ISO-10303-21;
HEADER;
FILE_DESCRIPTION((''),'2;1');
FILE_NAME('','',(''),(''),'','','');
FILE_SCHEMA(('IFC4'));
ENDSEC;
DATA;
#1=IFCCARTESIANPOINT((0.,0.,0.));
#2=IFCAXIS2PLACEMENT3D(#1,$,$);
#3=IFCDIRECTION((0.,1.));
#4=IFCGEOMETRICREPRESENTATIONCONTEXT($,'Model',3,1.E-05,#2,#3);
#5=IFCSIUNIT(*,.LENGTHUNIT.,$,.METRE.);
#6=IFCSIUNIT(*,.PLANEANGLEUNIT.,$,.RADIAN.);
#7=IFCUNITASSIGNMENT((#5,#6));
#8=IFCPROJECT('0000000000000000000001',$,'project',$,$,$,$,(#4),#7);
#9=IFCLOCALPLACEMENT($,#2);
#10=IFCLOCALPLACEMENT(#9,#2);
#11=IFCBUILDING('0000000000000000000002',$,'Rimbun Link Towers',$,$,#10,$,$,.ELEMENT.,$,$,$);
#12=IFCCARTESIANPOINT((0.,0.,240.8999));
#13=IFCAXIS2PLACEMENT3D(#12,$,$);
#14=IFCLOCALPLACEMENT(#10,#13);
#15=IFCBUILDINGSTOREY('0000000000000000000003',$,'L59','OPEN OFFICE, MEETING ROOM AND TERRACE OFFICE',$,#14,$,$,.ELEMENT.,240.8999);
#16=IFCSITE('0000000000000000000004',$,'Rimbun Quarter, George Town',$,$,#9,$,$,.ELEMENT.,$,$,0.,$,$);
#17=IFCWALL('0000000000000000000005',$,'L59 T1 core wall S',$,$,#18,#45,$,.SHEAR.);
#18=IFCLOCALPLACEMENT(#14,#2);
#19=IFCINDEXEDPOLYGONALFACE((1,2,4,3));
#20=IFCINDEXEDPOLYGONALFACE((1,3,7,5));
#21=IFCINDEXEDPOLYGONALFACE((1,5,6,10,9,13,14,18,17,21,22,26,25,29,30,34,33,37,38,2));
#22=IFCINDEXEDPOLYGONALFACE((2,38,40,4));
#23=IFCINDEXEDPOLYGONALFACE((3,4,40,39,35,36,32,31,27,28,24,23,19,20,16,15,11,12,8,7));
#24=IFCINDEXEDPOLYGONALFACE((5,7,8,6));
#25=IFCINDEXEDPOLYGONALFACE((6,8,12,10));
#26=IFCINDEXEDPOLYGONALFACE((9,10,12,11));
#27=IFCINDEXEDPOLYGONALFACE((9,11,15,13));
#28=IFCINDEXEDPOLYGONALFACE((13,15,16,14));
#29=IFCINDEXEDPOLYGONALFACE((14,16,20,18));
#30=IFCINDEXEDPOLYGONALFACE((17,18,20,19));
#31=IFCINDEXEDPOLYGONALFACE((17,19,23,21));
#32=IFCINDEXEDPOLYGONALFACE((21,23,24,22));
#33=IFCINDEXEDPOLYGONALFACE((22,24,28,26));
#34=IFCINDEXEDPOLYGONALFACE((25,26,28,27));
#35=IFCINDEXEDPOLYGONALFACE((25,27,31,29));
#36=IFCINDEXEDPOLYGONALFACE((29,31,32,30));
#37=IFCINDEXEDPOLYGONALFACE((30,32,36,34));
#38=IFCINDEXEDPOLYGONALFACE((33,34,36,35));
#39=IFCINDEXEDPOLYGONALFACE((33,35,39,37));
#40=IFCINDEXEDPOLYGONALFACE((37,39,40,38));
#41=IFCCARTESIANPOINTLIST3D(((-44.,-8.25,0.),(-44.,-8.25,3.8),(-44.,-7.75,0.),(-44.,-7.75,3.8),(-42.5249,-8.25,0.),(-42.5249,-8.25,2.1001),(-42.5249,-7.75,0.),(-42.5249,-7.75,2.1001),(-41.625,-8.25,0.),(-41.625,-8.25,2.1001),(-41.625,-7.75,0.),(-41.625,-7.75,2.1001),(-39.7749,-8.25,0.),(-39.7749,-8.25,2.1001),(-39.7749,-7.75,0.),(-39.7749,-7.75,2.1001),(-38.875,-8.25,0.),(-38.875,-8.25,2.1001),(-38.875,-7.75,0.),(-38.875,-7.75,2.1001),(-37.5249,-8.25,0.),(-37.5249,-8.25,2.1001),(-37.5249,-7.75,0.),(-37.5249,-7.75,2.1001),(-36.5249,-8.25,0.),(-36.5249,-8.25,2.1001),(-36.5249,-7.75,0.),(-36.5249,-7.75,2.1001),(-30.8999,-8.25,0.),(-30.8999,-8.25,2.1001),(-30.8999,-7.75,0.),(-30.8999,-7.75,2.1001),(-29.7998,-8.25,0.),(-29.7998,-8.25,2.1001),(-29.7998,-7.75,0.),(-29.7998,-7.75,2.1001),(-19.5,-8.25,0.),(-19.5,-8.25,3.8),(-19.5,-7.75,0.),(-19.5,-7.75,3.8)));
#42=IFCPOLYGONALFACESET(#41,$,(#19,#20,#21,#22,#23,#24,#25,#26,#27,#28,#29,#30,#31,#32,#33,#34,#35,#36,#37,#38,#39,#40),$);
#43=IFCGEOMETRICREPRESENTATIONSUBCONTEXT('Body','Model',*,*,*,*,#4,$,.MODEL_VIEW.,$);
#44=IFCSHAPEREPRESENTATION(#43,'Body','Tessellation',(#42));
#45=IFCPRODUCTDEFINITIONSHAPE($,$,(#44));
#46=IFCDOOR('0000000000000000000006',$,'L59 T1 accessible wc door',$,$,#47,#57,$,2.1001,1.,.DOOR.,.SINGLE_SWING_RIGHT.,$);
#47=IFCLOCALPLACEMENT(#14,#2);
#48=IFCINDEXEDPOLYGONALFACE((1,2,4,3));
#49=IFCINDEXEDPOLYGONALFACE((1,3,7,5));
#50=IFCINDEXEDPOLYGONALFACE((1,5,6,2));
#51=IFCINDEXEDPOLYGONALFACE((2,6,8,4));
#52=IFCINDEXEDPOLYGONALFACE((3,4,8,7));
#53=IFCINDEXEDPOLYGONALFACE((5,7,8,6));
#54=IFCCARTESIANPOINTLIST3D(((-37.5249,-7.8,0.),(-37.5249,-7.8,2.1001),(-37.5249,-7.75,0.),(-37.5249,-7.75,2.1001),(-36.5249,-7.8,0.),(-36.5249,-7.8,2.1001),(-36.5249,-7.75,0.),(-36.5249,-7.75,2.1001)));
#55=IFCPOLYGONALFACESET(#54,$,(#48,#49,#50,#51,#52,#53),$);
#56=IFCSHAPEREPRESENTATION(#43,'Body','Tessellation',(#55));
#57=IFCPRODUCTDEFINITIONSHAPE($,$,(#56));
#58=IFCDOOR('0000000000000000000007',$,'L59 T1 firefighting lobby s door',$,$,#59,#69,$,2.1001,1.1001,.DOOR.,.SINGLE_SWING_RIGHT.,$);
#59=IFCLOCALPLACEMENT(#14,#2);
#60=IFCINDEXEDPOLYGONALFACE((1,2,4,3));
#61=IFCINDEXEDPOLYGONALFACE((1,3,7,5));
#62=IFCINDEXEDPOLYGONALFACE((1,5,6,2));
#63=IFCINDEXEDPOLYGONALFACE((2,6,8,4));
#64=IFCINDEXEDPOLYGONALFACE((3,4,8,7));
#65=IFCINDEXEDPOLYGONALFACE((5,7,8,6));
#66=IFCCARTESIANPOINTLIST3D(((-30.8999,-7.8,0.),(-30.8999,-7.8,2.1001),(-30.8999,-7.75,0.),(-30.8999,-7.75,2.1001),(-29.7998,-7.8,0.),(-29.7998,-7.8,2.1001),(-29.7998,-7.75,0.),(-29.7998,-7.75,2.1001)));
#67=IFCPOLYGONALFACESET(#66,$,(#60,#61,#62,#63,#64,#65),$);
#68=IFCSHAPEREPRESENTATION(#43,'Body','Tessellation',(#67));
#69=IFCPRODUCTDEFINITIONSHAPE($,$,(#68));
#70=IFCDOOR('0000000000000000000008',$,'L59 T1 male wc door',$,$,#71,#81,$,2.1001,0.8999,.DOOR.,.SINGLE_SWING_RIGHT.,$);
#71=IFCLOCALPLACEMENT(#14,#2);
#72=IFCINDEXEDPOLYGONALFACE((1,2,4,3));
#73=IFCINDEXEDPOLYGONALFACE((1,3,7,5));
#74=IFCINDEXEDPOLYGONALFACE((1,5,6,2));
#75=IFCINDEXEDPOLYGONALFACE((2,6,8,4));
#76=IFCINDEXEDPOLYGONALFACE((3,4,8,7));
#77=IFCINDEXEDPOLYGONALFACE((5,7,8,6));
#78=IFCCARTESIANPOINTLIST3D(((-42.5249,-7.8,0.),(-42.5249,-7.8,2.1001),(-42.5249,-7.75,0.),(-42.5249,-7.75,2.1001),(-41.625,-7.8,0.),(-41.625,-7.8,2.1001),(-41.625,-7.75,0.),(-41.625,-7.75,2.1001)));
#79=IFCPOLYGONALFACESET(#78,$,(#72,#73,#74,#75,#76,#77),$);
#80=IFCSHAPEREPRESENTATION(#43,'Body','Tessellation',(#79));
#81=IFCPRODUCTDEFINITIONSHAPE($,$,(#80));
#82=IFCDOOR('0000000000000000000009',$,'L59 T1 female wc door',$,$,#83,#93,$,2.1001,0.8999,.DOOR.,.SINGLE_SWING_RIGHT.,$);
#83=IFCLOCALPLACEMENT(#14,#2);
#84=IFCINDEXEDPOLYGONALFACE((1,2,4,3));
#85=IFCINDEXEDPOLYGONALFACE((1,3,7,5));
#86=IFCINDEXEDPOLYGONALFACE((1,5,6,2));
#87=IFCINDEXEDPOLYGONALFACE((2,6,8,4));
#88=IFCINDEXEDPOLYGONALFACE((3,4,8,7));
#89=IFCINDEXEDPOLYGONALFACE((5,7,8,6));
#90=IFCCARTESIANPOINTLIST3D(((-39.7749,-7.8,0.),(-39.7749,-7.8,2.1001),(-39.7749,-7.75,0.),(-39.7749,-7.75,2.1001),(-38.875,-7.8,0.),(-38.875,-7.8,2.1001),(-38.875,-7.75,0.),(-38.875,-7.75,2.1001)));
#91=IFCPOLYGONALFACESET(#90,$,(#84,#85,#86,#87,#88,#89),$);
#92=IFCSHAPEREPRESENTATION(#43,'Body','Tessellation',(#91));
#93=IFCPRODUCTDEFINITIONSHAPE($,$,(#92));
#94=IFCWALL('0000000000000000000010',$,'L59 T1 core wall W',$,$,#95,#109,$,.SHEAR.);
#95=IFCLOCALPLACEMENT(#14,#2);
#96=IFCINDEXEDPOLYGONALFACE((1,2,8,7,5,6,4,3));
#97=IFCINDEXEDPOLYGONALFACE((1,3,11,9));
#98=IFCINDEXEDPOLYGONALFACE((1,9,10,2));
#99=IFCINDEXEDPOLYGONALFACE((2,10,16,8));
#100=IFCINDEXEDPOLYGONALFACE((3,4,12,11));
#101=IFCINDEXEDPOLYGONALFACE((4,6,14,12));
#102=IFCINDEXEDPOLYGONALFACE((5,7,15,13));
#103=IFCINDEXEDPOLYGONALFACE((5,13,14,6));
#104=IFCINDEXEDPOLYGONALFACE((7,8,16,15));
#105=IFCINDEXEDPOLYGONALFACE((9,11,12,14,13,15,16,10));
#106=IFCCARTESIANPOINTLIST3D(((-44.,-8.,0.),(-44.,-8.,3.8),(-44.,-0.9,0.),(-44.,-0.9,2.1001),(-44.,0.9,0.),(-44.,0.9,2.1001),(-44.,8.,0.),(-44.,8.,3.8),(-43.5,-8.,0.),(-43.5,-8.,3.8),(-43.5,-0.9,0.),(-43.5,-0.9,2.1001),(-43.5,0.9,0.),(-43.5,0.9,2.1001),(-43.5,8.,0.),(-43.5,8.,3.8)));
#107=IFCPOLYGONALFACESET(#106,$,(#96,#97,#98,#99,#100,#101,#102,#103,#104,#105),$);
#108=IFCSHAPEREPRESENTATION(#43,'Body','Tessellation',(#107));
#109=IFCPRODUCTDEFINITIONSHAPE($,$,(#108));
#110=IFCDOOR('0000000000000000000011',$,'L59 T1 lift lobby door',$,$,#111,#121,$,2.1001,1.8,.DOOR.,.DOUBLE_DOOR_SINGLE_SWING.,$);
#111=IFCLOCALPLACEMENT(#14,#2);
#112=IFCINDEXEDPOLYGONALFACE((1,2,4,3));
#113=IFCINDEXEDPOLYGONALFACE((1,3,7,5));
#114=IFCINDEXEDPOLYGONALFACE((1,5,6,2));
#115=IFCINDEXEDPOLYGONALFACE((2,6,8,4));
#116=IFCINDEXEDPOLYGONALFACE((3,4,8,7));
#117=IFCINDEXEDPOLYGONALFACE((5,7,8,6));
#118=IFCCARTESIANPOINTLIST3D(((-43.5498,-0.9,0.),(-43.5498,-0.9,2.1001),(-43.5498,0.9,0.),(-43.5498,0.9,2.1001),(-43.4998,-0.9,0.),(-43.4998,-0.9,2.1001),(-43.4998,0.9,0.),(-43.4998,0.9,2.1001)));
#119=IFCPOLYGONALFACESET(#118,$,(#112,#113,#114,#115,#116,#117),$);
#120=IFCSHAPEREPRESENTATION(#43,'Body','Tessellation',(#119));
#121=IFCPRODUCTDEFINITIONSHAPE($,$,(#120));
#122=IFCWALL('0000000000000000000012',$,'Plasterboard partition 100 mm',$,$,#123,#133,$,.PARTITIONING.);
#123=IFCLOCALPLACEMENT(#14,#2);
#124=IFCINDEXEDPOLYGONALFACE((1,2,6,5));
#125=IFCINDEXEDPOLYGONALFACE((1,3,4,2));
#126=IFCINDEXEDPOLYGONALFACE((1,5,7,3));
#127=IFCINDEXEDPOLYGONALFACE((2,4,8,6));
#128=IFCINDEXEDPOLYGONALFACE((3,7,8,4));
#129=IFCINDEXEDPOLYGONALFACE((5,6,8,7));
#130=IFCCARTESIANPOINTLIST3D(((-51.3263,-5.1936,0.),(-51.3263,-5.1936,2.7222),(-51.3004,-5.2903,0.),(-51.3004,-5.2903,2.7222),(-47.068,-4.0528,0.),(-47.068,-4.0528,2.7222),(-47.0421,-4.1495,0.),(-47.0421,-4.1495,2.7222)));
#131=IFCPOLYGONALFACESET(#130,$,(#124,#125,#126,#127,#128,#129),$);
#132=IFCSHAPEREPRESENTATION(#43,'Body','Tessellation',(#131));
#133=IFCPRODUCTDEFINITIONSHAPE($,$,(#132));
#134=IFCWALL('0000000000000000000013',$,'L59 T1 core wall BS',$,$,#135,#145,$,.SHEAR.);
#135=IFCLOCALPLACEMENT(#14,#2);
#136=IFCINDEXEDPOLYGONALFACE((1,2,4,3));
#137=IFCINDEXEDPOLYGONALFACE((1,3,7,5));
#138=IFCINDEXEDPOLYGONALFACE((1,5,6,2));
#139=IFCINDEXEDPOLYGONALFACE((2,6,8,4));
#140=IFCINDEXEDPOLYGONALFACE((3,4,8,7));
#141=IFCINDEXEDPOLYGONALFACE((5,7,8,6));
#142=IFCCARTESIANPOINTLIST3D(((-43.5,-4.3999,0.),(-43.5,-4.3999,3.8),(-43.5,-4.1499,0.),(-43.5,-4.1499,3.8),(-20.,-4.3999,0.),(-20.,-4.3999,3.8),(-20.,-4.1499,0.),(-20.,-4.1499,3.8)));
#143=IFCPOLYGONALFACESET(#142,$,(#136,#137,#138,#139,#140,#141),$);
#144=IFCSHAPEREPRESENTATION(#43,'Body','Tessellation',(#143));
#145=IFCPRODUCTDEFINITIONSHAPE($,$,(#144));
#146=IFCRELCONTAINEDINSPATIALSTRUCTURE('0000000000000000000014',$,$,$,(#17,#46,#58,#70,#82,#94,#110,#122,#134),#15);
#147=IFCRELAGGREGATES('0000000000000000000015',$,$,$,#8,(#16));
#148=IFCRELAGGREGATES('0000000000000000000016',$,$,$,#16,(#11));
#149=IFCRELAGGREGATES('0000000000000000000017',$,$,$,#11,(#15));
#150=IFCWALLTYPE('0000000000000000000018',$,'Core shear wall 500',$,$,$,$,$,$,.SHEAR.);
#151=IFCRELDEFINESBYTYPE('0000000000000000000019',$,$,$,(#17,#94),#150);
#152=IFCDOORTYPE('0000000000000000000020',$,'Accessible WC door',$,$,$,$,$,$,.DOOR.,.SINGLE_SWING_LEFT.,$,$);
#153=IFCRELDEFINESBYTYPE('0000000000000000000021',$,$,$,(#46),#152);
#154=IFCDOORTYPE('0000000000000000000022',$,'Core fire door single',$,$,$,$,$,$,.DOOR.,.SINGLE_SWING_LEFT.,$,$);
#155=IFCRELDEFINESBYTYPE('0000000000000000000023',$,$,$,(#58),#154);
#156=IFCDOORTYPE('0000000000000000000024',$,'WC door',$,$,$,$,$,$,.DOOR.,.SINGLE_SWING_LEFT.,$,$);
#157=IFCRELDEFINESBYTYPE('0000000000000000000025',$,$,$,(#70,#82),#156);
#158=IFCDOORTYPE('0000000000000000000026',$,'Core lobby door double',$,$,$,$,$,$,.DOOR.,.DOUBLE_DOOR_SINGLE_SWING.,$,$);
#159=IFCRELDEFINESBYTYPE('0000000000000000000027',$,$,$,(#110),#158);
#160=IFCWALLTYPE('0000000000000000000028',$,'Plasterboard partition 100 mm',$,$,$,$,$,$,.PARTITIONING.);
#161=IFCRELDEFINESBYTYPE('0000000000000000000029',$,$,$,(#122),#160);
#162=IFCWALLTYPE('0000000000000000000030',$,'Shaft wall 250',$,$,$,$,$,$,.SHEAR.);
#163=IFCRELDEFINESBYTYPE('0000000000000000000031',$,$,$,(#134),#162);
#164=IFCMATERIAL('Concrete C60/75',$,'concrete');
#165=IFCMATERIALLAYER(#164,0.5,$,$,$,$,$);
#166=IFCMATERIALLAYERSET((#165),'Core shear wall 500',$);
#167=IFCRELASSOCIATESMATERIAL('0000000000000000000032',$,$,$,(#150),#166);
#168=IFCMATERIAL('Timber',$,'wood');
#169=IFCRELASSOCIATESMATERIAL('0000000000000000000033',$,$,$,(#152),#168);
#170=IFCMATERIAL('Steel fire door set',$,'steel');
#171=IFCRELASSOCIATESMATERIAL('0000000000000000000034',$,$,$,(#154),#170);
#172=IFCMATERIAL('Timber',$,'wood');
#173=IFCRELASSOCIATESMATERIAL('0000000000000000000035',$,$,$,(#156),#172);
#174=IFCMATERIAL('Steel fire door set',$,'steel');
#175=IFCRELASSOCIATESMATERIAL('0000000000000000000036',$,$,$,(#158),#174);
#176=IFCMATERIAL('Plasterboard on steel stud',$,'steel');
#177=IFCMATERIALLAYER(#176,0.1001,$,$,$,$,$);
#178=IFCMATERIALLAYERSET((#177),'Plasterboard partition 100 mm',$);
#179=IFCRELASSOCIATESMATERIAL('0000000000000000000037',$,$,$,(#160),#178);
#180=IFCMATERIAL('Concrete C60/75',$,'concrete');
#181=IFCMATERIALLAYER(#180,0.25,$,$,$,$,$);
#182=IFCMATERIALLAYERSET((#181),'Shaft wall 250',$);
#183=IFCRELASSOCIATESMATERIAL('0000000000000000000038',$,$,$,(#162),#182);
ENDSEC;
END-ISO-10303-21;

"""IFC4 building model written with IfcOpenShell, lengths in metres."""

from ifc_helpers import new_model, si_unit, direction, frame, frame_2d, origin, place, context, subcontext, project, spatial, rectangle, extrude, material, layer, layer_set, type_object, element, fill, save


model = new_model("IFC4")

# Units and contexts
model_context = context("Model", 3, precision=1e-05, world=origin(), true_north=direction((0.0, 1.0)))
body_context = subcontext(model_context, "Body", "Model", "MODEL_VIEW")
ifc_project = project(units=[si_unit("LENGTHUNIT", "METRE"), si_unit("PLANEANGLEUNIT", "RADIAN")], contexts=[model_context])

# Site, building, storey
site_placement = place(None, origin())
site = spatial("IfcSite", under=ifc_project, at=site_placement, Name="Rimbun Quarter, George Town", CompositionType="ELEMENT", RefElevation=0.0)
building_placement = place(site_placement, origin())
building = spatial("IfcBuilding", under=site, at=building_placement, Name="Rimbun Link Towers", CompositionType="ELEMENT")
storey_placement = place(building_placement, frame((0.0, 0.0, 240.8999)))
storey = spatial("IfcBuildingStorey", under=building, at=storey_placement, Name="L59", Description="OPEN OFFICE, MEETING ROOM AND TERRACE OFFICE", CompositionType="ELEMENT", Elevation=240.8999)

# Wall, openings, doors
ifc_material_1 = material(Name="Concrete C60/75", Category="concrete")
ifc_layer_1 = layer(ifc_material_1, 0.5)
ifc_layer_set_1 = layer_set([ifc_layer_1], Name="Core shear wall 500")
wall_type_1 = type_object("IfcWallType", Name="Core shear wall 500", PredefinedType="SHEAR", material=ifc_layer_set_1)
wall_1_placement = place(storey_placement, frame((-44.0, -8.0, 0.0), z_axis=(0.0, 0.0, 1.0), x_axis=(1.0, 0.0, 0.0)))
wall_1 = element("IfcWall", 1, at=wall_1_placement, inside=storey, type_object=wall_type_1, Name="L59 T1 core wall S", PredefinedType="SHEAR", context=body_context, shape_type="SweptSolid", body=[
    extrude(rectangle(XDim=24.5, YDim=0.5, at=frame_2d((12.25, 0.0))), origin(), (0.0, 0.0, 1.0), 3.8),
])
opening_1_placement = place(wall_1_placement, frame((13.1001, 0.0, 0.0)))
opening_1 = element("IfcOpeningElement", 2, at=opening_1_placement, cuts=wall_1, PredefinedType="OPENING", context=body_context, shape_type="SweptSolid", body=[
    extrude(rectangle(XDim=1.1001, YDim=2.1001, at=frame_2d((0.55, 1.05))), frame((0.0, 0.26, 0.0), z_axis=(0.0, -1.0, 0.0), x_axis=(1.0, 0.0, 0.0)), (0.0, 0.0, 1.0), 0.52),
])
opening_2_placement = place(wall_1_placement, frame((1.4751, 0.0, 0.0)))
opening_2 = element("IfcOpeningElement", 3, at=opening_2_placement, cuts=wall_1, PredefinedType="OPENING", context=body_context, shape_type="SweptSolid", body=[
    extrude(rectangle(XDim=0.8999, YDim=2.1001, at=frame_2d((0.45, 1.05))), frame((0.0, 0.26, 0.0), z_axis=(0.0, -1.0, 0.0), x_axis=(1.0, 0.0, 0.0)), (0.0, 0.0, 1.0), 0.52),
])
opening_3_placement = place(wall_1_placement, frame((4.2251, 0.0, 0.0)))
opening_3 = element("IfcOpeningElement", 4, at=opening_3_placement, cuts=wall_1, PredefinedType="OPENING", context=body_context, shape_type="SweptSolid", body=[
    extrude(rectangle(XDim=0.8999, YDim=2.1001, at=frame_2d((0.45, 1.05))), frame((0.0, 0.26, 0.0), z_axis=(0.0, -1.0, 0.0), x_axis=(1.0, 0.0, 0.0)), (0.0, 0.0, 1.0), 0.52),
])
opening_4_placement = place(wall_1_placement, frame((6.4751, 0.0, 0.0)))
opening_4 = element("IfcOpeningElement", 5, at=opening_4_placement, cuts=wall_1, PredefinedType="OPENING", context=body_context, shape_type="SweptSolid", body=[
    extrude(rectangle(XDim=1.0, YDim=2.1001, at=frame_2d((0.5, 1.05))), frame((0.0, 0.26, 0.0), z_axis=(0.0, -1.0, 0.0), x_axis=(1.0, 0.0, 0.0)), (0.0, 0.0, 1.0), 0.52),
])
ifc_material_2 = material(Name="Timber", Category="wood")
door_type_1 = type_object("IfcDoorType", Name="Accessible WC door", OperationType="SINGLE_SWING_LEFT", PredefinedType="DOOR", material=ifc_material_2)
door_1_placement = place(opening_4_placement, origin())
door_1 = element("IfcDoor", 6, at=door_1_placement, inside=storey, type_object=door_type_1, Name="L59 T1 accessible wc door", OperationType="SINGLE_SWING_RIGHT", OverallHeight=2.1001, OverallWidth=1.0, PredefinedType="DOOR", context=body_context, shape_type="SweptSolid", body=[
    extrude(rectangle(XDim=1.0, YDim=2.1001, at=frame_2d((0.5, 1.05))), frame((0.0, 0.25, 0.0), z_axis=(0.0, -1.0, 0.0), x_axis=(1.0, 0.0, 0.0)), (0.0, 0.0, 1.0), 0.05),
])
fill(opening_4, door_1)
ifc_material_3 = material(Name="Steel fire door set", Category="steel")
door_type_2 = type_object("IfcDoorType", Name="Core fire door single", OperationType="SINGLE_SWING_LEFT", PredefinedType="DOOR", material=ifc_material_3)
door_2_placement = place(opening_1_placement, origin())
door_2 = element("IfcDoor", 7, at=door_2_placement, inside=storey, type_object=door_type_2, Name="L59 T1 firefighting lobby s door", OperationType="SINGLE_SWING_RIGHT", OverallHeight=2.1001, OverallWidth=1.1001, PredefinedType="DOOR", context=body_context, shape_type="SweptSolid", body=[
    extrude(rectangle(XDim=1.1001, YDim=2.1001, at=frame_2d((0.55, 1.05))), frame((0.0, 0.25, 0.0), z_axis=(0.0, -1.0, 0.0), x_axis=(1.0, 0.0, 0.0)), (0.0, 0.0, 1.0), 0.05),
])
fill(opening_1, door_2)
ifc_material_4 = material(Name="Timber", Category="wood")
door_type_3 = type_object("IfcDoorType", Name="WC door", OperationType="SINGLE_SWING_LEFT", PredefinedType="DOOR", material=ifc_material_4)
door_3_placement = place(opening_2_placement, origin())
door_3 = element("IfcDoor", 8, at=door_3_placement, inside=storey, type_object=door_type_3, Name="L59 T1 male wc door", OperationType="SINGLE_SWING_RIGHT", OverallHeight=2.1001, OverallWidth=0.8999, PredefinedType="DOOR", context=body_context, shape_type="SweptSolid", body=[
    extrude(rectangle(XDim=0.8999, YDim=2.1001, at=frame_2d((0.45, 1.05))), frame((0.0, 0.25, 0.0), z_axis=(0.0, -1.0, 0.0), x_axis=(1.0, 0.0, 0.0)), (0.0, 0.0, 1.0), 0.05),
])
fill(opening_2, door_3)
door_4_placement = place(opening_3_placement, origin())
door_4 = element("IfcDoor", 9, at=door_4_placement, inside=storey, type_object=door_type_3, Name="L59 T1 female wc door", OperationType="SINGLE_SWING_RIGHT", OverallHeight=2.1001, OverallWidth=0.8999, PredefinedType="DOOR", context=body_context, shape_type="SweptSolid", body=[
    extrude(rectangle(XDim=0.8999, YDim=2.1001, at=frame_2d((0.45, 1.05))), frame((0.0, 0.25, 0.0), z_axis=(0.0, -1.0, 0.0), x_axis=(1.0, 0.0, 0.0)), (0.0, 0.0, 1.0), 0.05),
])
fill(opening_3, door_4)

# Wall, opening, door
wall_2_placement = place(storey_placement, frame((-43.75, -8.0, 0.0), z_axis=(0.0, 0.0, 1.0), x_axis=(0.0, 1.0, 0.0)))
wall_2 = element("IfcWall", 10, at=wall_2_placement, inside=storey, type_object=wall_type_1, Name="L59 T1 core wall W", PredefinedType="SHEAR", context=body_context, shape_type="SweptSolid", body=[
    extrude(rectangle(XDim=16.0, YDim=0.5, at=frame_2d((8.0, 0.0))), origin(), (0.0, 0.0, 1.0), 3.8),
])
opening_5_placement = place(wall_2_placement, frame((7.1001, 0.0, 0.0)))
opening_5 = element("IfcOpeningElement", 11, at=opening_5_placement, cuts=wall_2, PredefinedType="OPENING", context=body_context, shape_type="SweptSolid", body=[
    extrude(rectangle(XDim=1.8, YDim=2.1001, at=frame_2d((0.8999, 1.05))), frame((0.0, 0.26, 0.0), z_axis=(0.0, -1.0, 0.0), x_axis=(1.0, 0.0, 0.0)), (0.0, 0.0, 1.0), 0.52),
])
ifc_material_5 = material(Name="Steel fire door set", Category="steel")
door_type_4 = type_object("IfcDoorType", Name="Core lobby door double", OperationType="DOUBLE_DOOR_SINGLE_SWING", PredefinedType="DOOR", material=ifc_material_5)
door_5_placement = place(opening_5_placement, origin())
door_5 = element("IfcDoor", 12, at=door_5_placement, inside=storey, type_object=door_type_4, Name="L59 T1 lift lobby door", OperationType="DOUBLE_DOOR_SINGLE_SWING", OverallHeight=2.1001, OverallWidth=1.8, PredefinedType="DOOR", context=body_context, shape_type="SweptSolid", body=[
    extrude(rectangle(XDim=1.8, YDim=2.1001, at=frame_2d((0.8999, 1.05))), frame((0.0, -0.2002, 0.0), z_axis=(0.0, -1.0, 0.0), x_axis=(1.0, 0.0, 0.0)), (0.0, 0.0, 1.0), 0.05),
])
fill(opening_5, door_5)

# Walls
ifc_material_6 = material(Name="Plasterboard on steel stud", Category="steel")
ifc_layer_2 = layer(ifc_material_6, 0.1001)
ifc_layer_set_2 = layer_set([ifc_layer_2], Name="Plasterboard partition 100 mm")
wall_type_2 = type_object("IfcWallType", Name="Plasterboard partition 100 mm", PredefinedType="PARTITIONING", material=ifc_layer_set_2)
wall_3_placement = place(storey_placement, frame((-51.3132, -5.2419, 0.0), z_axis=(0.0, 0.0, 1.0), x_axis=(0.965934, 0.25879, 0.0)))
element("IfcWall", 13, at=wall_3_placement, inside=storey, type_object=wall_type_2, Name="Plasterboard partition 100 mm", PredefinedType="PARTITIONING", context=body_context, shape_type="SweptSolid", body=[
    extrude(rectangle(XDim=4.4084, YDim=0.1001, at=frame_2d((2.2041, 0.0))), origin(), (0.0, 0.0, 1.0), 2.7222),
])
ifc_material_7 = material(Name="Concrete C60/75", Category="concrete")
ifc_layer_3 = layer(ifc_material_7, 0.25)
ifc_layer_set_3 = layer_set([ifc_layer_3], Name="Shaft wall 250")
wall_type_3 = type_object("IfcWallType", Name="Shaft wall 250", PredefinedType="SHEAR", material=ifc_layer_set_3)
wall_4_placement = place(storey_placement, frame((-43.5, -4.2749, 0.0), z_axis=(0.0, 0.0, 1.0), x_axis=(1.0, 0.0, 0.0)))
element("IfcWall", 14, at=wall_4_placement, inside=storey, type_object=wall_type_3, Name="L59 T1 core wall BS", PredefinedType="SHEAR", context=body_context, shape_type="SweptSolid", body=[
    extrude(rectangle(XDim=23.5, YDim=0.25, at=frame_2d((11.75, 0.0))), origin(), (0.0, 0.0, 1.0), 3.8),
])

save(model, "model.ifc")
